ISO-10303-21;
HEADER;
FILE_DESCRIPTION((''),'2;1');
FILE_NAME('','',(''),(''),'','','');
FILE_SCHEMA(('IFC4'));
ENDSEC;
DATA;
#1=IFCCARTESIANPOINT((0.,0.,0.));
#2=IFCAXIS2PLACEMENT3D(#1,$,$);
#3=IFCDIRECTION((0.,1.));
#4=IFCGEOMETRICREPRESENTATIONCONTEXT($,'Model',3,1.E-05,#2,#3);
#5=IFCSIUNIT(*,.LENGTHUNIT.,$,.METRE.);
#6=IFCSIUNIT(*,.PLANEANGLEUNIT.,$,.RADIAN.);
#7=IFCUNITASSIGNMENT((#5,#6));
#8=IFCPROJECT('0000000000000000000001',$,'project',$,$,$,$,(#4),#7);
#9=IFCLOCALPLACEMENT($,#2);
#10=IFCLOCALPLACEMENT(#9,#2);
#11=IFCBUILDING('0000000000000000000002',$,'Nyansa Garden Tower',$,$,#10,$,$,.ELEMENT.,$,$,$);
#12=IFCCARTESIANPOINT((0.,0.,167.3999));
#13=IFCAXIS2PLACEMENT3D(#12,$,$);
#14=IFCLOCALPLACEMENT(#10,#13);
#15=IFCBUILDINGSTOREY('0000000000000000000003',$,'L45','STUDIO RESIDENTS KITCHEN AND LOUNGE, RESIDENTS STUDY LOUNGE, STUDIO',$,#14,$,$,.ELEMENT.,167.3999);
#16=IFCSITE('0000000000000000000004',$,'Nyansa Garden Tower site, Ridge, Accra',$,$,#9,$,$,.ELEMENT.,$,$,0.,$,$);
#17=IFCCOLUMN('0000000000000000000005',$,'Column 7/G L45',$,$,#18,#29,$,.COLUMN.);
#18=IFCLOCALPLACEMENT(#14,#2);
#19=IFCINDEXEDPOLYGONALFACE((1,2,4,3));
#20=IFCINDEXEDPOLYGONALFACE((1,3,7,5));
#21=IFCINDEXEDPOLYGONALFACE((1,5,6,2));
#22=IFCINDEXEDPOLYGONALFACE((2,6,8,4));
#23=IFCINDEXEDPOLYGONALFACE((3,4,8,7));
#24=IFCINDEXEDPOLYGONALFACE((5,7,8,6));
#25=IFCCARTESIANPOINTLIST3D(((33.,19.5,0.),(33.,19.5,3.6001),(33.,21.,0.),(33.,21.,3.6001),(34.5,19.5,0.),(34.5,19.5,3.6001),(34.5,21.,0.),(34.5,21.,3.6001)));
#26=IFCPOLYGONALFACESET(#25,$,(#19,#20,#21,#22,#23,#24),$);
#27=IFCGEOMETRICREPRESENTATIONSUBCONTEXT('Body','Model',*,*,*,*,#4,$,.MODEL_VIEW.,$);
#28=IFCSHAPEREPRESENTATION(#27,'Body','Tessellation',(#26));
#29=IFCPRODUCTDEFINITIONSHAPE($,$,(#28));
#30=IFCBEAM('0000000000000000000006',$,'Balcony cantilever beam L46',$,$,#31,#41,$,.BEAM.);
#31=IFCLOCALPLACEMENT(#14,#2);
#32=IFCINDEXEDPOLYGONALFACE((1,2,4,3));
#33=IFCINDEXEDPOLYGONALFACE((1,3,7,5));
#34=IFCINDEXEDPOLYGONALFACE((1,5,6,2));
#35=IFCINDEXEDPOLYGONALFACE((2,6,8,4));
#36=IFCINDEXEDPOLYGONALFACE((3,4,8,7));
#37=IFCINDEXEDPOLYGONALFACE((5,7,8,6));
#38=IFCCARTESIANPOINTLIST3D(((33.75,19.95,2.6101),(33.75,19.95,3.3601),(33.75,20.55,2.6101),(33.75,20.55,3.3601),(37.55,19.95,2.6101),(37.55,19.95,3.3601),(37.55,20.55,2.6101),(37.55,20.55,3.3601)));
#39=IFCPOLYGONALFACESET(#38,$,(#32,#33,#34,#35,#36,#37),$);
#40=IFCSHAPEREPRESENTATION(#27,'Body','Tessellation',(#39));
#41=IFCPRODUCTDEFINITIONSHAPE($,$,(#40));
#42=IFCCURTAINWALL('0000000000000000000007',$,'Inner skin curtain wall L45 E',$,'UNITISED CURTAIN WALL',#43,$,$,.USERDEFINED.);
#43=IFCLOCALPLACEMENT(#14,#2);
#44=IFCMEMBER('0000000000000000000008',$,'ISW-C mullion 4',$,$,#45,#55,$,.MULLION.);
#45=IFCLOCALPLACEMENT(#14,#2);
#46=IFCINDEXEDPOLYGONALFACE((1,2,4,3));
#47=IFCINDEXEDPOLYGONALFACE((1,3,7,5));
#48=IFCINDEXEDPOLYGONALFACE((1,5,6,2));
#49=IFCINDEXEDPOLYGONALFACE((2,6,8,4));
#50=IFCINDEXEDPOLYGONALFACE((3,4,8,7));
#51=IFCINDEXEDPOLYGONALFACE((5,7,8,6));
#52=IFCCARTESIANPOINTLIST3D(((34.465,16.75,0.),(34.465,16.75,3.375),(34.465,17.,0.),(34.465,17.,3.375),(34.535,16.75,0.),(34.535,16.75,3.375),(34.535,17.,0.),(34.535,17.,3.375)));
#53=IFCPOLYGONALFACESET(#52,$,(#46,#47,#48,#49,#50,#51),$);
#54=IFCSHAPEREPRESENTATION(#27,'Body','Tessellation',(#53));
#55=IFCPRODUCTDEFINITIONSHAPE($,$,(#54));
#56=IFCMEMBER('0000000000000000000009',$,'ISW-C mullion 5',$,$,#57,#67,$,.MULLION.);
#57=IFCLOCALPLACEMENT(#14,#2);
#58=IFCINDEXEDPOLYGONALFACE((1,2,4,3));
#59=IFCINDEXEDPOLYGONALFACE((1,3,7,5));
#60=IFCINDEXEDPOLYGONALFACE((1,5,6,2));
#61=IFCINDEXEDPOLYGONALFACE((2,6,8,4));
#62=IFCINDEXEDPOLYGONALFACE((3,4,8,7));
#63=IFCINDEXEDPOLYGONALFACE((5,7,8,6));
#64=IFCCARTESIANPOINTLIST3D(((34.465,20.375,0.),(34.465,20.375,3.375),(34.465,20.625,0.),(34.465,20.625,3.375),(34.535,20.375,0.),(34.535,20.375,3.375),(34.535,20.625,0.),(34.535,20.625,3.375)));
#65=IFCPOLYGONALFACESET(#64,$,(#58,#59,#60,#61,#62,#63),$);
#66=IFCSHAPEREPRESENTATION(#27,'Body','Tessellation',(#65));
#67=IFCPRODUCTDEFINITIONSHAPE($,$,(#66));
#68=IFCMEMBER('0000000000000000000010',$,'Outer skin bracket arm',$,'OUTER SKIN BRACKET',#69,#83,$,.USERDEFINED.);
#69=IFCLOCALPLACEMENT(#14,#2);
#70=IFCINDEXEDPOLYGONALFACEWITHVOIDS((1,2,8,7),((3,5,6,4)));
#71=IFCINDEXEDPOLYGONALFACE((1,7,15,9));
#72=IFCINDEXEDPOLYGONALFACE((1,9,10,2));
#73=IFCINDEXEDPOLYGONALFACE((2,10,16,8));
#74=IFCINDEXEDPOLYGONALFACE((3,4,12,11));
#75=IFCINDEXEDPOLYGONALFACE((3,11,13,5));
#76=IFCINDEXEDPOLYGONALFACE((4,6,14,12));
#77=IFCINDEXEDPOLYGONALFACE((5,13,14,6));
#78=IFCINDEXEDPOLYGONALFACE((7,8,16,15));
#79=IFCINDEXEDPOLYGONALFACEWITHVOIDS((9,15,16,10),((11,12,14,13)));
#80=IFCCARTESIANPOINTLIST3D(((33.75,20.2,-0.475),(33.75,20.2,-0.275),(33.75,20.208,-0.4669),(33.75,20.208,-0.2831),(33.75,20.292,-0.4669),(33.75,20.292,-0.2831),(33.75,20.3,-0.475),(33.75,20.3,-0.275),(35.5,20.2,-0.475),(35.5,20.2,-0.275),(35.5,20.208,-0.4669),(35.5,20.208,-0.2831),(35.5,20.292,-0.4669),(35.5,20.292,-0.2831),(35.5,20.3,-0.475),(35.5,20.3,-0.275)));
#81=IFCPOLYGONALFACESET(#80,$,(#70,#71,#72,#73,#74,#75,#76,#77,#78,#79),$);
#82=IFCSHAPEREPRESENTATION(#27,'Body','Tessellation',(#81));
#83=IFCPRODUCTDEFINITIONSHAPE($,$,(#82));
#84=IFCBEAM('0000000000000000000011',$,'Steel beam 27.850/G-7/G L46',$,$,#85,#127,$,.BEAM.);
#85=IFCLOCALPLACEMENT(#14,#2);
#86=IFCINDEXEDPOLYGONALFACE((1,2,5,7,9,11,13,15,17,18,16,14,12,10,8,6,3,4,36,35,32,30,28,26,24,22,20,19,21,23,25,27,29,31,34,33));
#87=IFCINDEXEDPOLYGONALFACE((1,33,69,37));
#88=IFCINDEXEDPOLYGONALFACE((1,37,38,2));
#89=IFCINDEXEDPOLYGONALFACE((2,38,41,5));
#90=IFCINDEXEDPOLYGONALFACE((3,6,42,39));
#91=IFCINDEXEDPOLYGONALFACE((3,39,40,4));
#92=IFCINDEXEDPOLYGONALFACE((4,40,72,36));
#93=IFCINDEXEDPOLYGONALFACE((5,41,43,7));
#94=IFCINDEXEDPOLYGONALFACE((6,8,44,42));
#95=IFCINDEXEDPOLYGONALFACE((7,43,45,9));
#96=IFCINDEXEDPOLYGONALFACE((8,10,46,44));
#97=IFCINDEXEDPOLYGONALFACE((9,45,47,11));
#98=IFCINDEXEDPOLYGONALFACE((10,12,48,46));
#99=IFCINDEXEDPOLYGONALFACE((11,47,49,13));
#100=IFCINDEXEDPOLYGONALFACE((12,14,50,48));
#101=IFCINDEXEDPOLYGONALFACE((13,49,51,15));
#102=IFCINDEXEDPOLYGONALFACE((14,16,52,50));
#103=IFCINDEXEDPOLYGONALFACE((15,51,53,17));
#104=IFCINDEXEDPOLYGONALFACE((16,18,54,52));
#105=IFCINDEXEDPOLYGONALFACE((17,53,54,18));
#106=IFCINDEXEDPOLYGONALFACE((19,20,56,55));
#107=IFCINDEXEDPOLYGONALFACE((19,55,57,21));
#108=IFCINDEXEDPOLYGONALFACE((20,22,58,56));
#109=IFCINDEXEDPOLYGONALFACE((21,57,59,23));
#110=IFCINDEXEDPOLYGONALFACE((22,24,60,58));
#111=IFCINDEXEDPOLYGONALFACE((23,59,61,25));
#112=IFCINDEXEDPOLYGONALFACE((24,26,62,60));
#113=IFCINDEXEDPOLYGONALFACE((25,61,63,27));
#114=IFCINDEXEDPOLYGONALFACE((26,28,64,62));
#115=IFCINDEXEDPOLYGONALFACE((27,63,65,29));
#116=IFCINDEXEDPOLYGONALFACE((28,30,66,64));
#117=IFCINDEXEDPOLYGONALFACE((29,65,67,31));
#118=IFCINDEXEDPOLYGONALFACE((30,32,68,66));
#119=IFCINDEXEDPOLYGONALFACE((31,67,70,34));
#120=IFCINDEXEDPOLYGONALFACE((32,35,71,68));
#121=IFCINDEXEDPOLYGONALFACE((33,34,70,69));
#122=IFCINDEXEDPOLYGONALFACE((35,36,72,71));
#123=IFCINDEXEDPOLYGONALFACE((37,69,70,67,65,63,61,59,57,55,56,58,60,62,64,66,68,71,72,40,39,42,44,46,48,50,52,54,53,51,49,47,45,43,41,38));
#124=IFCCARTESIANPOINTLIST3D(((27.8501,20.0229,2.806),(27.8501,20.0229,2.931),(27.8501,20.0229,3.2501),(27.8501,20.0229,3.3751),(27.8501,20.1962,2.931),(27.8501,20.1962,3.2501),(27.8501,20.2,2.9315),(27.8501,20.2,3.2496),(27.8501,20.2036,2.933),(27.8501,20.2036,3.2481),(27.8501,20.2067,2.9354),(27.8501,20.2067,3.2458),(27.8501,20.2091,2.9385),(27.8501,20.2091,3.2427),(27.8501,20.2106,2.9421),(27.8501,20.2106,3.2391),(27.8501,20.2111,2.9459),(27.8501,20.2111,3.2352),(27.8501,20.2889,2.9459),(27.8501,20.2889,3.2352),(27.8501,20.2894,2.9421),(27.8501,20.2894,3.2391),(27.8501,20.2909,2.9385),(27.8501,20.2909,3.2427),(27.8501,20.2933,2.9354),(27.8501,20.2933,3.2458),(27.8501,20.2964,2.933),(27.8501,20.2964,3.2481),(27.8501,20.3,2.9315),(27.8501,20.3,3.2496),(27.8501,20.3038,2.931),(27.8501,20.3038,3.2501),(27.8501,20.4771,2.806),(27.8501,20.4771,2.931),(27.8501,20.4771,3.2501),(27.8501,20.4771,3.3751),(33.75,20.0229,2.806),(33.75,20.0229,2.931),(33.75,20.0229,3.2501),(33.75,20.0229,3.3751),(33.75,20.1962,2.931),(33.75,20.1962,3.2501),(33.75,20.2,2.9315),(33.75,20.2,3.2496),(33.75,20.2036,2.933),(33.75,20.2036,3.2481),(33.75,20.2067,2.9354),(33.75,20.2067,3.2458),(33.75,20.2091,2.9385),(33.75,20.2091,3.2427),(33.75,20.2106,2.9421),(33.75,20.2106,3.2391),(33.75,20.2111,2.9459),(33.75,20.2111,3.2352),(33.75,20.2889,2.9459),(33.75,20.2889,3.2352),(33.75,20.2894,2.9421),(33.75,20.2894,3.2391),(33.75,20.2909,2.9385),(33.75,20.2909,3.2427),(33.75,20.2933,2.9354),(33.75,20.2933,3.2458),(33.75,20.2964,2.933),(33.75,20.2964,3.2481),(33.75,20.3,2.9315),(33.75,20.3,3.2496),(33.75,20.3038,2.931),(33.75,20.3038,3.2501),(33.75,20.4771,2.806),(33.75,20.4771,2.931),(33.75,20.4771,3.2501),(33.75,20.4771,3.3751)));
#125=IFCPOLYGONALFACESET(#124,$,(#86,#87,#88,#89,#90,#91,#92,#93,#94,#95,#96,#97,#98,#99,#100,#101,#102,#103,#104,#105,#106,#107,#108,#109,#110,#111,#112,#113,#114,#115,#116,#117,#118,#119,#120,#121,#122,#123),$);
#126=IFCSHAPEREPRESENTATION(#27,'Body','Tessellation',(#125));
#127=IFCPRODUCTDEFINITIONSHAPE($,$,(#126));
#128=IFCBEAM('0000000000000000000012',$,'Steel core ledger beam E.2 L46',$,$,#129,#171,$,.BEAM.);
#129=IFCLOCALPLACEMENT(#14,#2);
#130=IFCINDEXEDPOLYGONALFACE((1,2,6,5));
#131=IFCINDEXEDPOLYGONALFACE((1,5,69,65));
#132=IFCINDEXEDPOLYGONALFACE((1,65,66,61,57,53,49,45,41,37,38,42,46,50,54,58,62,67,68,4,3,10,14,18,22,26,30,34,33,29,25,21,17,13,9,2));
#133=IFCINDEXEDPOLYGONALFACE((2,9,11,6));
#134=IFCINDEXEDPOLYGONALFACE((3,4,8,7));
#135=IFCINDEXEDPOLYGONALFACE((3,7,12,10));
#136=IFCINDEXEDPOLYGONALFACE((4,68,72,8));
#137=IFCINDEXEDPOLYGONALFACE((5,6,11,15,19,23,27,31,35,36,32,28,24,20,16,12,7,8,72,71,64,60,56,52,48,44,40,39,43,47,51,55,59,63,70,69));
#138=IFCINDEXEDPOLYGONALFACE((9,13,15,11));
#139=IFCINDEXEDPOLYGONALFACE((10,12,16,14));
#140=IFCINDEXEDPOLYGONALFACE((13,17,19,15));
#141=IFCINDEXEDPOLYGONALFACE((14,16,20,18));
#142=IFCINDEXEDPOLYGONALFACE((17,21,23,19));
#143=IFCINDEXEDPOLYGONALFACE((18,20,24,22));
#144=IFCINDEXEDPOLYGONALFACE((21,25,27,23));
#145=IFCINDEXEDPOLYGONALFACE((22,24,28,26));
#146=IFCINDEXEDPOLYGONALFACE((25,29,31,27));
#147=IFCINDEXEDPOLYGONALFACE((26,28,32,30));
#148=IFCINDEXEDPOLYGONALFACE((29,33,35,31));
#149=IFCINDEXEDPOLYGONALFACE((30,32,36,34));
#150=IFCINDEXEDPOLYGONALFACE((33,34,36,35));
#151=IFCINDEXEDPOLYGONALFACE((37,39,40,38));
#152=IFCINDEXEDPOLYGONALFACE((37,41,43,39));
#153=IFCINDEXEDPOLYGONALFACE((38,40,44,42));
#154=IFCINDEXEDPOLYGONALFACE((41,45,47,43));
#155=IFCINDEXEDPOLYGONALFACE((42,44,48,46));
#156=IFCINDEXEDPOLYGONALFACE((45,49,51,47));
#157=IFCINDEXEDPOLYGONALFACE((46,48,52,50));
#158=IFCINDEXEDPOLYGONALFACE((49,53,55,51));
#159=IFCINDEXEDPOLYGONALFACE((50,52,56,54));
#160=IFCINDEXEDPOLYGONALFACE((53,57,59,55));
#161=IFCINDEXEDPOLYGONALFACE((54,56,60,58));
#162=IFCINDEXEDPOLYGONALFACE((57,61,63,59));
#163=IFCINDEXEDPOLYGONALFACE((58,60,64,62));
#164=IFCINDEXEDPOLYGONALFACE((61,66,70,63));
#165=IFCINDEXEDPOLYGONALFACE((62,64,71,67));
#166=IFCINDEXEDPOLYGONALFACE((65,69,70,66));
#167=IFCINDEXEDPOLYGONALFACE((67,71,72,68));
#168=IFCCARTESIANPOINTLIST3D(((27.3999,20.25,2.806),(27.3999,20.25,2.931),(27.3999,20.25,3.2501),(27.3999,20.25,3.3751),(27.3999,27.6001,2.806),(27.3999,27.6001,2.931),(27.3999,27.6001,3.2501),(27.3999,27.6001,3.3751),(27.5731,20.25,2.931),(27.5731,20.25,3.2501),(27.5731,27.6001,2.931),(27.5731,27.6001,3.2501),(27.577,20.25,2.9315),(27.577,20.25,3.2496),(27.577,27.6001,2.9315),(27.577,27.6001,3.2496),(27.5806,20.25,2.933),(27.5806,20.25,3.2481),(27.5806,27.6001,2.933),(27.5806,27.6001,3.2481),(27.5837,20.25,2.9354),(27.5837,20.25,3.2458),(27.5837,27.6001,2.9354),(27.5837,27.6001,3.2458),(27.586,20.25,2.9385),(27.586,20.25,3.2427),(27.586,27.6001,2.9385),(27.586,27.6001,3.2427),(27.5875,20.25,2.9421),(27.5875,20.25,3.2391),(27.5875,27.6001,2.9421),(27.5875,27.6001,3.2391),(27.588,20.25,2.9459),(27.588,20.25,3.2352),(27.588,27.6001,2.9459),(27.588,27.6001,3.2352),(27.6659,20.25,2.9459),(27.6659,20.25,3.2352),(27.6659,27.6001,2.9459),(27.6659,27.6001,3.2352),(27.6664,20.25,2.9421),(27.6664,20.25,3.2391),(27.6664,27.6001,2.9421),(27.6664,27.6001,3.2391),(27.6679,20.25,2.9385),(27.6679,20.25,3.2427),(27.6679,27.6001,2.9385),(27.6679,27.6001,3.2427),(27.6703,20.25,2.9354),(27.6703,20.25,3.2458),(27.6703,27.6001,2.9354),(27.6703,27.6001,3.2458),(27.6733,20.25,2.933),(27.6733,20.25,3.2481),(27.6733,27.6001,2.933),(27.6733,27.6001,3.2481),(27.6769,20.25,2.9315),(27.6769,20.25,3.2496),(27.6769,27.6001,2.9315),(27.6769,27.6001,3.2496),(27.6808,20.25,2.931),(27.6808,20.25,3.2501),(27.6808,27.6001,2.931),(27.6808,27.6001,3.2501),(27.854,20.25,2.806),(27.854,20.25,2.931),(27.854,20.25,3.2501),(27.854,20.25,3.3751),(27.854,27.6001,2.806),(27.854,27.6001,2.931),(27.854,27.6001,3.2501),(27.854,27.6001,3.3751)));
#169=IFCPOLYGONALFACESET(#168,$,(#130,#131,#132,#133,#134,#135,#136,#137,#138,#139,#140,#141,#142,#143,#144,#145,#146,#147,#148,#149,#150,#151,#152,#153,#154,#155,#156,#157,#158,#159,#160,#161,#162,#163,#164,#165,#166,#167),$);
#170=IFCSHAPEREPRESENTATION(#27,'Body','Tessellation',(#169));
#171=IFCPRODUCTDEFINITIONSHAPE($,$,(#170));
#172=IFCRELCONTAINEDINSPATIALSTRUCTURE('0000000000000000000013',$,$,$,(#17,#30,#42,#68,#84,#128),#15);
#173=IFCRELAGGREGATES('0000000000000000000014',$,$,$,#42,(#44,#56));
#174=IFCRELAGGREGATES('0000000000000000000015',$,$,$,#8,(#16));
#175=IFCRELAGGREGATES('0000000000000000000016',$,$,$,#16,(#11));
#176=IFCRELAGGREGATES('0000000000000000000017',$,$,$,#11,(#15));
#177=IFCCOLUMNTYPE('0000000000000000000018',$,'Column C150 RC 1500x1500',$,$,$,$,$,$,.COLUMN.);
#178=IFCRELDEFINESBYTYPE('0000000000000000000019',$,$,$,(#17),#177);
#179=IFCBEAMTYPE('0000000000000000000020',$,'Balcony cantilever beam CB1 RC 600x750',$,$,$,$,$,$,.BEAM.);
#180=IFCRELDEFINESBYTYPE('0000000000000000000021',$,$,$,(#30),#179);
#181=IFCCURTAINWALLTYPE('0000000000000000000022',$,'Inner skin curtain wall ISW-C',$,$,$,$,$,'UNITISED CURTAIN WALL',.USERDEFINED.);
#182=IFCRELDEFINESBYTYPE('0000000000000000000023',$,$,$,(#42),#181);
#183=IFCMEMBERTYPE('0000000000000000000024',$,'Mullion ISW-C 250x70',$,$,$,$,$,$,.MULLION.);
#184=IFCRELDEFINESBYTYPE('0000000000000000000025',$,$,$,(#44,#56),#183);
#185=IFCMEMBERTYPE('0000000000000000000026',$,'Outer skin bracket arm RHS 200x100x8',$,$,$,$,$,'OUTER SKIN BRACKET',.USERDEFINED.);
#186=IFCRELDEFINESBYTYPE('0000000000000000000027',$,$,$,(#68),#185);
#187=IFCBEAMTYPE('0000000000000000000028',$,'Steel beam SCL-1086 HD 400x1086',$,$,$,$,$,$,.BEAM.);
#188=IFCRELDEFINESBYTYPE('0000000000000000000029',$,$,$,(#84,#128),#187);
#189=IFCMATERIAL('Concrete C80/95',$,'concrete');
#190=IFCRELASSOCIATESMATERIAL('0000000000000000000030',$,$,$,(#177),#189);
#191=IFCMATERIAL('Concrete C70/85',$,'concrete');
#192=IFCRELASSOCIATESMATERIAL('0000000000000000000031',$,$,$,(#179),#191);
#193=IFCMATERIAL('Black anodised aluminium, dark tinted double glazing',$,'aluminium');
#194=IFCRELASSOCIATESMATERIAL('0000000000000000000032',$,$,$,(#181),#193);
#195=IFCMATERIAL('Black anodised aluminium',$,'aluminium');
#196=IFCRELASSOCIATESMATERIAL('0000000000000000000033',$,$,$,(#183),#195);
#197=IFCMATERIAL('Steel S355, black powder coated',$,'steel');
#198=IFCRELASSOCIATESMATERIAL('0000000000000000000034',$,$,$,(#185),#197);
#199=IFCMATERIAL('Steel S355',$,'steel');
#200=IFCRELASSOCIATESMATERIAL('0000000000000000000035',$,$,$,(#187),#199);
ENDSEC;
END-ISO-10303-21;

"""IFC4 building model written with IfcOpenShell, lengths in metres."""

from ifc_helpers import new_model, si_unit, direction, frame, origin, origin_2d, place, context, subcontext, project, spatial, rectangle, hollow_rectangle, i_section, extrude, material, material_profile, profile_set, type_object, element, aggregate, save


model = new_model("IFC4")

# Units and contexts
model_context = context("Model", 3, precision=1e-05, world=origin(), true_north=direction((0.0, 1.0)))
body_context = subcontext(model_context, "Body", "Model", "MODEL_VIEW")
ifc_project = project(units=[si_unit("LENGTHUNIT", "METRE"), si_unit("PLANEANGLEUNIT", "RADIAN")], contexts=[model_context])

# Site, building, storey
site_placement = place(None, origin())
site = spatial("IfcSite", under=ifc_project, at=site_placement, Name="Nyansa Garden Tower site, Ridge, Accra", CompositionType="ELEMENT", RefElevation=0.0)
building_placement = place(site_placement, origin())
building = spatial("IfcBuilding", under=site, at=building_placement, Name="Nyansa Garden Tower", CompositionType="ELEMENT")
storey_placement = place(building_placement, frame((0.0, 0.0, 167.3999)))
storey = spatial("IfcBuildingStorey", under=building, at=storey_placement, Name="L45", Description="STUDIO RESIDENTS KITCHEN AND LOUNGE, RESIDENTS STUDY LOUNGE, STUDIO", CompositionType="ELEMENT", Elevation=167.3999)

# Column
ifc_material_1 = material(Name="Concrete C80/95", Category="concrete")
ifc_material_profile_1 = material_profile(ifc_material_1, rectangle(XDim=1.5, YDim=1.5, at=origin_2d()), Name="RC 1500x1500")
ifc_profile_set_1 = profile_set([ifc_material_profile_1], Name="Concrete C80/95")
column_type = type_object("IfcColumnType", Name="Column C150 RC 1500x1500", PredefinedType="COLUMN", material=ifc_profile_set_1)
column_placement = place(storey_placement, frame((33.75, 20.25, 0.0), z_axis=(0.0, 0.0, 1.0), x_axis=(1.0, 0.0, 0.0)))
element("IfcColumn", 1, at=column_placement, inside=storey, type_object=column_type, Name="Column 7/G L45", PredefinedType="COLUMN", context=body_context, shape_type="SweptSolid", body=[
    extrude(rectangle(XDim=1.5, YDim=1.5, at=origin_2d()), origin(), (0.0, 0.0, 1.0), 3.6001),
])

# Beam
ifc_material_2 = material(Name="Concrete C70/85", Category="concrete")
ifc_material_profile_2 = material_profile(ifc_material_2, rectangle(XDim=0.6001, YDim=0.75, at=origin_2d()), Name="RC 600x750")
ifc_profile_set_2 = profile_set([ifc_material_profile_2], Name="Concrete C70/85")
beam_type_1 = type_object("IfcBeamType", Name="Balcony cantilever beam CB1 RC 600x750", PredefinedType="BEAM", material=ifc_profile_set_2)
beam_1_placement = place(storey_placement, frame((33.75, 20.25, 2.9851), z_axis=(1.0, 0.0, 0.0), x_axis=(0.0, 1.0, 0.0)))
element("IfcBeam", 2, at=beam_1_placement, inside=storey, type_object=beam_type_1, Name="Balcony cantilever beam L46", PredefinedType="BEAM", context=body_context, shape_type="SweptSolid", body=[
    extrude(rectangle(XDim=0.6001, YDim=0.75, at=origin_2d()), origin(), (0.0, 0.0, 1.0), 3.8),
])

# Curtain wall, members
ifc_material_3 = material(Name="Black anodised aluminium, dark tinted double glazing", Category="aluminium")
curtain_wall_type = type_object("IfcCurtainWallType", Name="Inner skin curtain wall ISW-C", ElementType="UNITISED CURTAIN WALL", PredefinedType="USERDEFINED", material=ifc_material_3)
curtain_wall_placement = place(storey_placement, origin())
curtain_wall = element("IfcCurtainWall", 3, at=curtain_wall_placement, inside=storey, type_object=curtain_wall_type, Name="Inner skin curtain wall L45 E", ObjectType="UNITISED CURTAIN WALL", PredefinedType="USERDEFINED")
ifc_material_4 = material(Name="Black anodised aluminium", Category="aluminium")
ifc_material_profile_3 = material_profile(ifc_material_4, rectangle(XDim=0.0701, YDim=0.25, at=origin_2d()), Name="Mullion 250x70")
ifc_profile_set_3 = profile_set([ifc_material_profile_3], Name="Black anodised aluminium")
member_type_1 = type_object("IfcMemberType", Name="Mullion ISW-C 250x70", PredefinedType="MULLION", material=ifc_profile_set_3)
member_1_placement = place(storey_placement, frame((34.5, 16.875, 0.0), z_axis=(0.0, 0.0, 1.0), x_axis=(-1.0, 0.0, 0.0)))
member_1 = element("IfcMember", 4, at=member_1_placement, type_object=member_type_1, Name="ISW-C mullion 4", PredefinedType="MULLION", context=body_context, shape_type="SweptSolid", body=[
    extrude(rectangle(XDim=0.0701, YDim=0.25, at=origin_2d()), origin(), (0.0, 0.0, 1.0), 3.375),
])
member_2_placement = place(storey_placement, frame((34.5, 20.5, 0.0), z_axis=(0.0, 0.0, 1.0), x_axis=(-1.0, 0.0, 0.0)))
member_2 = element("IfcMember", 5, at=member_2_placement, type_object=member_type_1, Name="ISW-C mullion 5", PredefinedType="MULLION", context=body_context, shape_type="SweptSolid", body=[
    extrude(rectangle(XDim=0.0701, YDim=0.25, at=origin_2d()), origin(), (0.0, 0.0, 1.0), 3.375),
])

# Member
ifc_material_5 = material(Name="Steel S355, black powder coated", Category="steel")
ifc_material_profile_4 = material_profile(ifc_material_5, hollow_rectangle(XDim=0.1001, YDim=0.2, WallThickness=0.0081, at=origin_2d()), Name="RHS 200x100x8")
ifc_profile_set_4 = profile_set([ifc_material_profile_4], Name="Steel S355, black powder coated")
member_type_2 = type_object("IfcMemberType", Name="Outer skin bracket arm RHS 200x100x8", ElementType="OUTER SKIN BRACKET", PredefinedType="USERDEFINED", material=ifc_profile_set_4)
member_3_placement = place(storey_placement, frame((33.75, 20.25, -0.375), z_axis=(1.0, 0.0, 0.0), x_axis=(0.0, 1.0, 0.0)))
element("IfcMember", 6, at=member_3_placement, inside=storey, type_object=member_type_2, Name="Outer skin bracket arm", ObjectType="OUTER SKIN BRACKET", PredefinedType="USERDEFINED", context=body_context, shape_type="SweptSolid", body=[
    extrude(hollow_rectangle(XDim=0.1001, YDim=0.2, WallThickness=0.0081, at=origin_2d()), origin(), (0.0, 0.0, 1.0), 1.75),
])

# Beams
ifc_material_6 = material(Name="Steel S355", Category="steel")
ifc_material_profile_5 = material_profile(ifc_material_6, i_section(OverallWidth=0.4541, OverallDepth=0.5691, WebThickness=0.0779, FlangeThickness=0.125, FilletRadius=0.0149, at=origin_2d()), Name="HD 400x1086")
ifc_profile_set_5 = profile_set([ifc_material_profile_5], Name="Steel S355")
beam_type_2 = type_object("IfcBeamType", Name="Steel beam SCL-1086 HD 400x1086", PredefinedType="BEAM", material=ifc_profile_set_5)
beam_2_placement = place(storey_placement, frame((27.8501, 20.25, 3.0906), z_axis=(1.0, 0.0, 0.0), x_axis=(0.0, 1.0, 0.0)))
element("IfcBeam", 7, at=beam_2_placement, inside=storey, type_object=beam_type_2, Name="Steel beam 27.850/G-7/G L46", PredefinedType="BEAM", context=body_context, shape_type="SweptSolid", body=[
    extrude(i_section(OverallWidth=0.4541, OverallDepth=0.5691, WebThickness=0.0779, FlangeThickness=0.125, FilletRadius=0.0149, at=origin_2d()), origin(), (0.0, 0.0, 1.0), 5.8999),
])
beam_3_placement = place(storey_placement, frame((27.627, 20.25, 3.0906), z_axis=(0.0, 1.0, 0.0), x_axis=(-1.0, 0.0, 0.0)))
element("IfcBeam", 8, at=beam_3_placement, inside=storey, type_object=beam_type_2, Name="Steel core ledger beam E.2 L46", PredefinedType="BEAM", context=body_context, shape_type="SweptSolid", body=[
    extrude(i_section(OverallWidth=0.4541, OverallDepth=0.5691, WebThickness=0.0779, FlangeThickness=0.125, FilletRadius=0.0149, at=origin_2d()), origin(), (0.0, 0.0, 1.0), 7.3501),
])

aggregate(curtain_wall, [member_1, member_2])

save(model, "model.ifc")
